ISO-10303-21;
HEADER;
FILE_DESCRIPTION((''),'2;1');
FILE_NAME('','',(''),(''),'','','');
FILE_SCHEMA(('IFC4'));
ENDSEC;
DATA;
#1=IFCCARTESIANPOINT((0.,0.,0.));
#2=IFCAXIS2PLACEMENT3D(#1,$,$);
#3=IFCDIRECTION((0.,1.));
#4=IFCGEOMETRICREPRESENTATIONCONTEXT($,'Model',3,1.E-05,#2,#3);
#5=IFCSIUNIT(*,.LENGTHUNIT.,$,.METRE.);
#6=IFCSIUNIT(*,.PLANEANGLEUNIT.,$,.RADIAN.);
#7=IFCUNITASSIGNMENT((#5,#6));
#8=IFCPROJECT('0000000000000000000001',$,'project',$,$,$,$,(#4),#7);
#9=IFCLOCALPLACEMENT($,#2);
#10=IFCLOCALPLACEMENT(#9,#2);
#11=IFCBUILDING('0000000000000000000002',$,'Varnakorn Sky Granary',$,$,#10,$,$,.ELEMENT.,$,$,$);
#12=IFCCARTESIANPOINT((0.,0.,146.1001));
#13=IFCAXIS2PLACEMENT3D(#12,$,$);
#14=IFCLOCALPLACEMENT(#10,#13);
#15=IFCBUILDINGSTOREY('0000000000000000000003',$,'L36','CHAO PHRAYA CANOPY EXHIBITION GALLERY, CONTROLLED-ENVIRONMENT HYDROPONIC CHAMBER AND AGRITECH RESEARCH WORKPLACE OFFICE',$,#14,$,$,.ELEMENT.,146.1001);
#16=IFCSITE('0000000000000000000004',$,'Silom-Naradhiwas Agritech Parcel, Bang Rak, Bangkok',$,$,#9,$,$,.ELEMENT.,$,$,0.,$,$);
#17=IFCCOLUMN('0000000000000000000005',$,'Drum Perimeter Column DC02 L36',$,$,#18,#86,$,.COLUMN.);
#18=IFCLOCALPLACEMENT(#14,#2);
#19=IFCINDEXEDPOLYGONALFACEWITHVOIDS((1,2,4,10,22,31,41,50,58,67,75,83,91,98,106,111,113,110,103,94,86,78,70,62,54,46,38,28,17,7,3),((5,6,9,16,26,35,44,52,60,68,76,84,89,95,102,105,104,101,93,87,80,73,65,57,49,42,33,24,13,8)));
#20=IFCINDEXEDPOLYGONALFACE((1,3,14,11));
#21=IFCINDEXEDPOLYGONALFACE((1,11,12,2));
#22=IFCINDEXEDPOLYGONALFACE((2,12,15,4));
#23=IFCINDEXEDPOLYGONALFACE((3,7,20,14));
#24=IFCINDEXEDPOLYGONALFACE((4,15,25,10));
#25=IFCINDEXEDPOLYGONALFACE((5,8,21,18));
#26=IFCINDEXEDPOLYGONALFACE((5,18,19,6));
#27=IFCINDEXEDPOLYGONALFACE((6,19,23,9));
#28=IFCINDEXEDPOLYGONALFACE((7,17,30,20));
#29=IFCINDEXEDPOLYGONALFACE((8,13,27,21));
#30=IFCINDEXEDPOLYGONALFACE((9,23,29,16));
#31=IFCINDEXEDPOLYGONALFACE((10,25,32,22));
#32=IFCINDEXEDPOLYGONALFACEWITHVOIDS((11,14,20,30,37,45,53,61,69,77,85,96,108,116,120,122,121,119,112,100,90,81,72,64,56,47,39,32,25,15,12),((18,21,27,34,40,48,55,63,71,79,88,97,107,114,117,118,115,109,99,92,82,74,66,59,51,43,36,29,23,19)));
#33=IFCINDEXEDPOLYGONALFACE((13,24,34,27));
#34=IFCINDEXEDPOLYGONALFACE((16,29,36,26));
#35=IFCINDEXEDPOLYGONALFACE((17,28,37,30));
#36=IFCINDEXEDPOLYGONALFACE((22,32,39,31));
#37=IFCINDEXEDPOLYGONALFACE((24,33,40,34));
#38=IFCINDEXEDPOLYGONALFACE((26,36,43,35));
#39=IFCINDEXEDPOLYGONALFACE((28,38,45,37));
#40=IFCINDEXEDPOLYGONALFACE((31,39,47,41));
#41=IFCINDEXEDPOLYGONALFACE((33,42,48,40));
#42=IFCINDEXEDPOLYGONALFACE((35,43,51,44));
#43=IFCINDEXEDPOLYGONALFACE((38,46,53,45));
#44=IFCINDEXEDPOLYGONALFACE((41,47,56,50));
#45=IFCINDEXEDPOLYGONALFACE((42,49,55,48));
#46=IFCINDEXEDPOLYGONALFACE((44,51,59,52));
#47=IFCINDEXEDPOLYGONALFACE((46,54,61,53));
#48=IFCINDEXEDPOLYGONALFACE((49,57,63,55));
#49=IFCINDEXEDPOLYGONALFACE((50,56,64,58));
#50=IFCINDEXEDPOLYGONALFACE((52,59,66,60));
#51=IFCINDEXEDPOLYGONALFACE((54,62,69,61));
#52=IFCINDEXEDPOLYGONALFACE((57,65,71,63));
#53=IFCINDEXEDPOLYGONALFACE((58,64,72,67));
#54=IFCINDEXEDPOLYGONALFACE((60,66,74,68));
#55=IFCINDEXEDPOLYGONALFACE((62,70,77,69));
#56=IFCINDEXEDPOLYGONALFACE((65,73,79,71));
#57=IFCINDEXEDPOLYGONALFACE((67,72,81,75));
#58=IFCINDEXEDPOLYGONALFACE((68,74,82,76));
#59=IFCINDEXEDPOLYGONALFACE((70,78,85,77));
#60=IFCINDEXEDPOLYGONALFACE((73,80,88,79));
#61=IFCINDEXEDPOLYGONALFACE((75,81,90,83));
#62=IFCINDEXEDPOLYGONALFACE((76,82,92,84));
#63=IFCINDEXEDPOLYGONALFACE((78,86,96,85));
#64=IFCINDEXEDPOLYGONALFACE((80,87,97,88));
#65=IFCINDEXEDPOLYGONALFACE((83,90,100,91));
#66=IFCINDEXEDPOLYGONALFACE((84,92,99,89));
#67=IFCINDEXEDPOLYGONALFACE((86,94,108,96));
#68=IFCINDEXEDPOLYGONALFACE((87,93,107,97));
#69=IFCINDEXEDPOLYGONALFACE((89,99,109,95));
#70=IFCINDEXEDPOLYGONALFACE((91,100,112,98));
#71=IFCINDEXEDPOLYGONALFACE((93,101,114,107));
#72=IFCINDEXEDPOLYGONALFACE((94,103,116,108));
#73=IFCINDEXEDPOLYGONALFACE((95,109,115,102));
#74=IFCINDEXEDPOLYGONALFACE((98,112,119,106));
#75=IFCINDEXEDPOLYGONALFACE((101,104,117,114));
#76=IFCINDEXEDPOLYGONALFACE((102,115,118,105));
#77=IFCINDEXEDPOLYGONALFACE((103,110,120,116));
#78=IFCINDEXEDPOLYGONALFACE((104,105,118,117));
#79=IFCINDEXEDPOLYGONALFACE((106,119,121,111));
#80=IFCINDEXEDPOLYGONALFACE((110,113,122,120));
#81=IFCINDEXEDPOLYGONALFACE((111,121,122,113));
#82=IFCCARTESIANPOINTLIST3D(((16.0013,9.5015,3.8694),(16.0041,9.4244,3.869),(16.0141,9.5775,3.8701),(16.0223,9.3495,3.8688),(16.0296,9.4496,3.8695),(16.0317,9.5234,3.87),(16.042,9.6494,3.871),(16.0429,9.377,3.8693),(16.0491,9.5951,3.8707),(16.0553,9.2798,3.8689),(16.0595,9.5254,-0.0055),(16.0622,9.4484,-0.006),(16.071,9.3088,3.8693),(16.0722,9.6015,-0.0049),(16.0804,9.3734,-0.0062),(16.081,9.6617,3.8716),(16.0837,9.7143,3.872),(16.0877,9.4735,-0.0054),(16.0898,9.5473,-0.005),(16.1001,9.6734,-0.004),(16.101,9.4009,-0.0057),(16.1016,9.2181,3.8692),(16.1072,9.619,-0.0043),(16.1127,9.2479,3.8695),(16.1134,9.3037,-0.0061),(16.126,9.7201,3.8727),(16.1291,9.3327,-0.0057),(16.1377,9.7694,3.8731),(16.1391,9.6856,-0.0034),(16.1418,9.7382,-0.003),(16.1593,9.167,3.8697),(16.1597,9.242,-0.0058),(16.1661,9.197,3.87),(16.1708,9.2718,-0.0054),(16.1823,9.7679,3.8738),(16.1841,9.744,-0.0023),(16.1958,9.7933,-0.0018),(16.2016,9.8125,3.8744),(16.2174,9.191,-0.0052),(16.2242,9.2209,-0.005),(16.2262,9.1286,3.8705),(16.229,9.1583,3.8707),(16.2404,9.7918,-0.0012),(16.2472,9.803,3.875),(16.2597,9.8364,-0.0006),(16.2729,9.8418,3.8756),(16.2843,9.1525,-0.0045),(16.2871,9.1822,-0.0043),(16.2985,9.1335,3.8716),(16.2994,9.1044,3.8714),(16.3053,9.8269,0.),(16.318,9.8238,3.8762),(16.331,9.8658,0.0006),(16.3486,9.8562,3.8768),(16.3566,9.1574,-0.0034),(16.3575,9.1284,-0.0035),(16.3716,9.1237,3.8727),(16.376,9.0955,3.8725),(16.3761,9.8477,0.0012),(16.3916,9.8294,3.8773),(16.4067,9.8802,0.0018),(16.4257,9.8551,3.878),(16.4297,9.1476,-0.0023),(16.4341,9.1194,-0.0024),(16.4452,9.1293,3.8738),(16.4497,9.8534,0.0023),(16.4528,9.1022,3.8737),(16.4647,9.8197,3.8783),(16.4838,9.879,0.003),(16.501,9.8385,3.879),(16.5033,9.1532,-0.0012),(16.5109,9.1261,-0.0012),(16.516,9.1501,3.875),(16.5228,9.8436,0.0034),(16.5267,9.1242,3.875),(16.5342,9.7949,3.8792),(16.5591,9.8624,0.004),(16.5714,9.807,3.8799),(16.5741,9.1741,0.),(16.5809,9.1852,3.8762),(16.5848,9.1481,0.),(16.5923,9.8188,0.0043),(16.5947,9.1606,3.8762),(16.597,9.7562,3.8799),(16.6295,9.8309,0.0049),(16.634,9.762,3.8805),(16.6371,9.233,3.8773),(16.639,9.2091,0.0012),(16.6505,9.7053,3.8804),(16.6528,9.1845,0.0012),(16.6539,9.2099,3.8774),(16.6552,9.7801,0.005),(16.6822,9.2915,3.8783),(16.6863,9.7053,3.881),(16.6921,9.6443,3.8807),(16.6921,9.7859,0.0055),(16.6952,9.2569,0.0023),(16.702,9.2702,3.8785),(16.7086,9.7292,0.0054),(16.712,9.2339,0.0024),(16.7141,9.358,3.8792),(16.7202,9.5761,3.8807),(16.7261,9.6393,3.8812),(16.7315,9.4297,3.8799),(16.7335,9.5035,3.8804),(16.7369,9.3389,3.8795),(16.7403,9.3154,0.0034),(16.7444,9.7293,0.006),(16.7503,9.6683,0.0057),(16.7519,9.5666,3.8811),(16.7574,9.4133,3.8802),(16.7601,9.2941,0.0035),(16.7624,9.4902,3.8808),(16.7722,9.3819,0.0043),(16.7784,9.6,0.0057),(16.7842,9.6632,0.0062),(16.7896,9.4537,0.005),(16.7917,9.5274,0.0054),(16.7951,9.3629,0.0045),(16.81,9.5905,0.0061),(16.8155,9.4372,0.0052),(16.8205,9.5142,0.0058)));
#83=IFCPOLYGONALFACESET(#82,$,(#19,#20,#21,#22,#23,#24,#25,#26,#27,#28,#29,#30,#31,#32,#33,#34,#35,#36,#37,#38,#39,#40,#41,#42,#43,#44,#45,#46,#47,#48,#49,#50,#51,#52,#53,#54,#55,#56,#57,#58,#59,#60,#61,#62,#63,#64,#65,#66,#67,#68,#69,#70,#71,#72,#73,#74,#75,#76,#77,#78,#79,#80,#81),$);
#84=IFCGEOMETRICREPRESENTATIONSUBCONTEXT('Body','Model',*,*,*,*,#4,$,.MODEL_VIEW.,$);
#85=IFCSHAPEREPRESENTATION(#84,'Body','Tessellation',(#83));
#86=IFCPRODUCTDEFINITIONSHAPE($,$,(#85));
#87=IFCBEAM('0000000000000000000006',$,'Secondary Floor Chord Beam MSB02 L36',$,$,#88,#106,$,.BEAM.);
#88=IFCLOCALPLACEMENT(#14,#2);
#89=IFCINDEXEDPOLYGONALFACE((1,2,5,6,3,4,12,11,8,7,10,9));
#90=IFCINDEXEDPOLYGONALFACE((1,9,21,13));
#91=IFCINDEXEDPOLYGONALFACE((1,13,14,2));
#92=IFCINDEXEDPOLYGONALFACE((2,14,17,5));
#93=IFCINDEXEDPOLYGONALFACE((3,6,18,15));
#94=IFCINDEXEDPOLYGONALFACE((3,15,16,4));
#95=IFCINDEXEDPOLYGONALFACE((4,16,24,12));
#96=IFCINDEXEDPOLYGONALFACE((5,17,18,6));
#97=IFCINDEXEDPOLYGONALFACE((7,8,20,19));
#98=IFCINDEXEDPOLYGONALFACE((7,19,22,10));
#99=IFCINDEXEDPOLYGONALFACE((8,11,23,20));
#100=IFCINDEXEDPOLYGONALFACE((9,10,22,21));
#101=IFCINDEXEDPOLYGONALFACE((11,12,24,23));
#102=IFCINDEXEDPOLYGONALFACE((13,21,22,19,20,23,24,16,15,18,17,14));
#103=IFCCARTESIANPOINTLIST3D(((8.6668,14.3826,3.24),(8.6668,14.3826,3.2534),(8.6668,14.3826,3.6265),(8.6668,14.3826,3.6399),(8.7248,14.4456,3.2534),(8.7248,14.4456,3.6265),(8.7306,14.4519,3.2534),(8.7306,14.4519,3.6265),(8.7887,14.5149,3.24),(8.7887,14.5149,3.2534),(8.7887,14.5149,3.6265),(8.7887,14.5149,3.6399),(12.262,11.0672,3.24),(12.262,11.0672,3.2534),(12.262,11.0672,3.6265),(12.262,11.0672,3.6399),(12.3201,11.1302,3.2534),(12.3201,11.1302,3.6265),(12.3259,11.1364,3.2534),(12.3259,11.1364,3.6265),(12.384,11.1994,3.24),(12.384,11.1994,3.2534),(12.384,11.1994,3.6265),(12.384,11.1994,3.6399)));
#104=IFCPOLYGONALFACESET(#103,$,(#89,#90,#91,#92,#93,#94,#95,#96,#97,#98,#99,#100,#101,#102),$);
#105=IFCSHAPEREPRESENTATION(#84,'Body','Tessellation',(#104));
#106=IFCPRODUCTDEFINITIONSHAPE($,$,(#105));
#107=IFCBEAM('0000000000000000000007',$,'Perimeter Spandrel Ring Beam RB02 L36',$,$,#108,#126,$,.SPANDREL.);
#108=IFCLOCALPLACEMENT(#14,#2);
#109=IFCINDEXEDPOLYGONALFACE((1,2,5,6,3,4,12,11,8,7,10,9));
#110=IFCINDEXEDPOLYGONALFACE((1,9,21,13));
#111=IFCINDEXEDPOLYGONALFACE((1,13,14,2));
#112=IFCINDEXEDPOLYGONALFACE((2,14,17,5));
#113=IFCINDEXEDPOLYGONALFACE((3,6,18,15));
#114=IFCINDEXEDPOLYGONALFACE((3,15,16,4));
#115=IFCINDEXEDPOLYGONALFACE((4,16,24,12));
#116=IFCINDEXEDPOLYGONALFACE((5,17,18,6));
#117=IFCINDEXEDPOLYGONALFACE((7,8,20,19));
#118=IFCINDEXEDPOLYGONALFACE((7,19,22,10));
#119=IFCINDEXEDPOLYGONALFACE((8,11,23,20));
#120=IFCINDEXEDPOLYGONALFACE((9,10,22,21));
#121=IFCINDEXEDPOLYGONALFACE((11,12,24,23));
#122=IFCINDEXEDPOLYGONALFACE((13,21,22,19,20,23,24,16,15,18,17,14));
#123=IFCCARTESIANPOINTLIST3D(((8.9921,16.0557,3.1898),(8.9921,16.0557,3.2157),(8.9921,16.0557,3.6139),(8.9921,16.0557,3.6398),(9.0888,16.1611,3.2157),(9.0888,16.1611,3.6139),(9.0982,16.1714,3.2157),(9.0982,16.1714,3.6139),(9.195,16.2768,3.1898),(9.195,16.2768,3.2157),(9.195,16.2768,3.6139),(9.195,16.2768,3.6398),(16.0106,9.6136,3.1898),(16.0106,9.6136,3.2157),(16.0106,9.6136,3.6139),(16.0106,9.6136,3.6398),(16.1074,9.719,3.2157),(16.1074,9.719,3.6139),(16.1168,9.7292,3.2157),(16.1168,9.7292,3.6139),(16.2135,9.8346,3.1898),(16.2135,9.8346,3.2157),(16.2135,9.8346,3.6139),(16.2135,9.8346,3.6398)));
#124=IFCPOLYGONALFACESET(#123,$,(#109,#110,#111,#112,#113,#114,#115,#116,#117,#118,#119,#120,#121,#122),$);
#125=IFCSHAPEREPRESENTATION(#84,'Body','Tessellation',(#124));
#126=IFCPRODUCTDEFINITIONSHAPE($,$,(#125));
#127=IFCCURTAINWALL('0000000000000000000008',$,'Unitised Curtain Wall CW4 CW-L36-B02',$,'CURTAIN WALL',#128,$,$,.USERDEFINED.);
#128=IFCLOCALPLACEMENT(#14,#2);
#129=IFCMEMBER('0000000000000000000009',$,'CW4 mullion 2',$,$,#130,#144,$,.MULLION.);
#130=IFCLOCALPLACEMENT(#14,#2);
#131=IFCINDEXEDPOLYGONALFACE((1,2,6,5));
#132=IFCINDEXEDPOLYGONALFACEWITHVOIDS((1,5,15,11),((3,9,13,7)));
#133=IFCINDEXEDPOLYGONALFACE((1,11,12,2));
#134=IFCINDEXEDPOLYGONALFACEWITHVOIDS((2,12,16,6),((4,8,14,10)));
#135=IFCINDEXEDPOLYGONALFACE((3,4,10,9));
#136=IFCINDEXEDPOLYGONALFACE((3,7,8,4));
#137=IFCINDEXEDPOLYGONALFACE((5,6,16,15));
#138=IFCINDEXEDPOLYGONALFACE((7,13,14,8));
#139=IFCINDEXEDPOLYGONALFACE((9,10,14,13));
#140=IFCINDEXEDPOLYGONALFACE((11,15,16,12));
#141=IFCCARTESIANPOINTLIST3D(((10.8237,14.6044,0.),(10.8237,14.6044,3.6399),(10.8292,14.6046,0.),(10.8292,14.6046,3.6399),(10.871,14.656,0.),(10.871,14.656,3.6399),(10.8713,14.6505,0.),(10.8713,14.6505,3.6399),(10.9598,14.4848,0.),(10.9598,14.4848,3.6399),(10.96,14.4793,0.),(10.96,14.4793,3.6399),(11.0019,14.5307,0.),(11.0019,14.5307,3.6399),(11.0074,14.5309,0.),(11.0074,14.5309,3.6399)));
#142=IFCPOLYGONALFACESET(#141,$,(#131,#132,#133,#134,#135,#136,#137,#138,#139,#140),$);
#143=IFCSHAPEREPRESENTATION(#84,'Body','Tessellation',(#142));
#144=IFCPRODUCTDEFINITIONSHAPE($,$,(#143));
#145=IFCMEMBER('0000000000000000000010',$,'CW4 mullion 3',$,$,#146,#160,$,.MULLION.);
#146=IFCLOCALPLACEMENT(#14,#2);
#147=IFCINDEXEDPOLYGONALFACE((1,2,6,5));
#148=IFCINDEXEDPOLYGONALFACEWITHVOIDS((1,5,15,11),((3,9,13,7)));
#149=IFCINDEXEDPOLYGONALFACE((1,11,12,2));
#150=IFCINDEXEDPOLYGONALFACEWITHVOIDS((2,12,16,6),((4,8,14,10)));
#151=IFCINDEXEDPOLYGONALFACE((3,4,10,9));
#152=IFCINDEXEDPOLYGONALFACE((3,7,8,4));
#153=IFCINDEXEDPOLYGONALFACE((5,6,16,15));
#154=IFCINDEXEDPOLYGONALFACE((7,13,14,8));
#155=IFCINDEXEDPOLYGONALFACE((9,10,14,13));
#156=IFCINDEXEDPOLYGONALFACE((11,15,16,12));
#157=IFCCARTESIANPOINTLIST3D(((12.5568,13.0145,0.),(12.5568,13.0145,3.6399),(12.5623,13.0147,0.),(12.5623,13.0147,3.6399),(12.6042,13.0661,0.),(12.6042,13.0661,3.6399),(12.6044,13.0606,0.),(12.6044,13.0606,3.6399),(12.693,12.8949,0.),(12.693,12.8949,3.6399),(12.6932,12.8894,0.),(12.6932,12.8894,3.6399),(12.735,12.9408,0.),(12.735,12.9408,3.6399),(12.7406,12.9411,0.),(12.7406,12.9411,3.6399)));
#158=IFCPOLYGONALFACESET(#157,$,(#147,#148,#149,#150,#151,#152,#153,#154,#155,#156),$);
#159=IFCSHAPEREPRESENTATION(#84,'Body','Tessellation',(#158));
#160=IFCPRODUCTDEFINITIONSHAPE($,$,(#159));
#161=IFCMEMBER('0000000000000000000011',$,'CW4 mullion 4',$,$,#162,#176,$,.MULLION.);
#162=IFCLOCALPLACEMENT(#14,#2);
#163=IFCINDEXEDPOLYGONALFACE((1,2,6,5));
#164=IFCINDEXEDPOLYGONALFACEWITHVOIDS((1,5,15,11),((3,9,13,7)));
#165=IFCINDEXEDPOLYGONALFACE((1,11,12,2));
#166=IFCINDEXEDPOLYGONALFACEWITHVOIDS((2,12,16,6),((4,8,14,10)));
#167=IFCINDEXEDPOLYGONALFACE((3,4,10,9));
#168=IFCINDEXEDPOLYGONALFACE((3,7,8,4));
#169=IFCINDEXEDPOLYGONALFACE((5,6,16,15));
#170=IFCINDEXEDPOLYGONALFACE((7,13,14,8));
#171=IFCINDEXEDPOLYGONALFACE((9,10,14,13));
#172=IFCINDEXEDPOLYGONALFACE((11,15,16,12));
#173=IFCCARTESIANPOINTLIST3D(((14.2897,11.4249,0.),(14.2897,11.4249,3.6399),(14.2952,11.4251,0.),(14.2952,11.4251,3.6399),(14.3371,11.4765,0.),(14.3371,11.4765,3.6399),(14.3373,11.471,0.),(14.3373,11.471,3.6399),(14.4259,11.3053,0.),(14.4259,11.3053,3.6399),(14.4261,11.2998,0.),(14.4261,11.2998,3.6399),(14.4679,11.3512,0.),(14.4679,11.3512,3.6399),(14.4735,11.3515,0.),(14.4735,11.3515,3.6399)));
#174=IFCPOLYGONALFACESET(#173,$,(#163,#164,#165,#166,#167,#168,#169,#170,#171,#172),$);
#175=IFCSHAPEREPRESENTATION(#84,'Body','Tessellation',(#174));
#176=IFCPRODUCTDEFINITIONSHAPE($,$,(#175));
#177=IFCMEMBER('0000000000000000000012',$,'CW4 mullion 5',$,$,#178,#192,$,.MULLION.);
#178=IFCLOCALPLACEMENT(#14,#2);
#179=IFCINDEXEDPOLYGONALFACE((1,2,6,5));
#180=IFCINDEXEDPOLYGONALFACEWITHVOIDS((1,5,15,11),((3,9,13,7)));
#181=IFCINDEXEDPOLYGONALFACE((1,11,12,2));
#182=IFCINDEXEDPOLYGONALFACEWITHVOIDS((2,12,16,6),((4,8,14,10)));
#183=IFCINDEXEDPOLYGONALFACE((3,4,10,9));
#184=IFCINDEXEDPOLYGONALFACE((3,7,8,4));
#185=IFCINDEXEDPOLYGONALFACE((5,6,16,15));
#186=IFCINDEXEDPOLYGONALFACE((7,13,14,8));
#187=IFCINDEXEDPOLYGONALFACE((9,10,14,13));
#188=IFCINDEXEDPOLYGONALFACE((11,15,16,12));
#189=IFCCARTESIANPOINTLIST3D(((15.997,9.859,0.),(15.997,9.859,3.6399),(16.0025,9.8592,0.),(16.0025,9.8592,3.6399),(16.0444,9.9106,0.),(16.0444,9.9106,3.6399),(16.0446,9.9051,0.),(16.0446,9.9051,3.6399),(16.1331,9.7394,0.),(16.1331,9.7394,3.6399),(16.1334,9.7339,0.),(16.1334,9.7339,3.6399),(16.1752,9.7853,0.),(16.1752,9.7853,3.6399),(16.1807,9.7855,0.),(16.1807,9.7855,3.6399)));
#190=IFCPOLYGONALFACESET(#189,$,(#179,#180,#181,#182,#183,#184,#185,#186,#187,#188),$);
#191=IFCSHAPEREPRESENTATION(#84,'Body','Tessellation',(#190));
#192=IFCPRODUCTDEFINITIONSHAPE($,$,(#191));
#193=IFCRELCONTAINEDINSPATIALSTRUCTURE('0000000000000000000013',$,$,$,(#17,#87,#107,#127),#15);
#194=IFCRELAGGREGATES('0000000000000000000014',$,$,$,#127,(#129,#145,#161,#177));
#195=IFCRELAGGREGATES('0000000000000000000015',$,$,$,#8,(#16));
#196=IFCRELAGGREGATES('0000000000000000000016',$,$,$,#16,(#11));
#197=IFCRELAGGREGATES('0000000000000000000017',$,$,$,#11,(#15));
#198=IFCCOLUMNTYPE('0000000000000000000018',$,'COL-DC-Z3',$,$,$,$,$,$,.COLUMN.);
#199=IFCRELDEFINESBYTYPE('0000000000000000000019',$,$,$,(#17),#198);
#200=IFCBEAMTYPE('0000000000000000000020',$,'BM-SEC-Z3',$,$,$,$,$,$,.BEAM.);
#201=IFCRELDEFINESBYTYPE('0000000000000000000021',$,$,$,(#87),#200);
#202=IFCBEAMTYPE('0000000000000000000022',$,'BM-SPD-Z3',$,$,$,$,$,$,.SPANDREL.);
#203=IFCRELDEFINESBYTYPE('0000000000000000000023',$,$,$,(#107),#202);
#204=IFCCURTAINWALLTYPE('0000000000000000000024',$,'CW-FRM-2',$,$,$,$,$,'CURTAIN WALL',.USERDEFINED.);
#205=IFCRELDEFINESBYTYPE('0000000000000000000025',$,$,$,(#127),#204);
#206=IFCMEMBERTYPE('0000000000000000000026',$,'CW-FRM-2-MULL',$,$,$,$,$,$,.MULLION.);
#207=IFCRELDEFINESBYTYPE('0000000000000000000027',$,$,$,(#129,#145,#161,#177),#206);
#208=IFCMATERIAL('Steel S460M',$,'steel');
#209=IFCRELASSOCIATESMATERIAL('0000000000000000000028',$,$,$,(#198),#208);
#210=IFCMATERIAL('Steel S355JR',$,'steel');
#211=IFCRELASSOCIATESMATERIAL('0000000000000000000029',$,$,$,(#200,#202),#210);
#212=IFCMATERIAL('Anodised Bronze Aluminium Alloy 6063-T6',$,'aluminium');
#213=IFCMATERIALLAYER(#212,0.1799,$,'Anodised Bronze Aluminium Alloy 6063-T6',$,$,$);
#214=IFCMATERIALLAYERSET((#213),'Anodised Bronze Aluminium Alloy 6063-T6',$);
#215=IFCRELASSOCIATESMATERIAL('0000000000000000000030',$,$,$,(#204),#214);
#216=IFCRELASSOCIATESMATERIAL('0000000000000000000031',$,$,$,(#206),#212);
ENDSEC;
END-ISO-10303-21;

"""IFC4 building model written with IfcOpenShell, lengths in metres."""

from ifc_helpers import new_model, si_unit, direction, frame, origin, origin_2d, place, context, subcontext, project, spatial, hollow_rectangle, hollow_circle, i_section, extrude, material, layer, layer_set, material_profile, profile_set, type_object, element, aggregate, save


model = new_model("IFC4")

# Units and contexts
model_context = context("Model", 3, precision=1e-05, world=origin(), true_north=direction((0.0, 1.0)))
body_context = subcontext(model_context, "Body", "Model", "MODEL_VIEW")
ifc_project = project(units=[si_unit("LENGTHUNIT", "METRE"), si_unit("PLANEANGLEUNIT", "RADIAN")], contexts=[model_context])

# Site, building, storey
site_placement = place(None, origin())
site = spatial("IfcSite", under=ifc_project, at=site_placement, Name="Silom-Naradhiwas Agritech Parcel, Bang Rak, Bangkok", CompositionType="ELEMENT", RefElevation=0.0)
building_placement = place(site_placement, origin())
building = spatial("IfcBuilding", under=site, at=building_placement, Name="Varnakorn Sky Granary", CompositionType="ELEMENT")
storey_placement = place(building_placement, frame((0.0, 0.0, 146.1001)))
storey = spatial("IfcBuildingStorey", under=building, at=storey_placement, Name="L36", Description="CHAO PHRAYA CANOPY EXHIBITION GALLERY, CONTROLLED-ENVIRONMENT HYDROPONIC CHAMBER AND AGRITECH RESEARCH WORKPLACE OFFICE", CompositionType="ELEMENT", Elevation=146.1001)

# Column
ifc_material_1 = material(Name="Steel S460M", Category="steel")
ifc_material_profile_1 = material_profile(ifc_material_1, hollow_circle(Radius=0.3811, WallThickness=0.0281, at=origin_2d()), Name="CHS 762x28")
ifc_profile_set_1 = profile_set([ifc_material_profile_1], Name="Steel S460M")
column_type = type_object("IfcColumnType", Name="COL-DC-Z3", PredefinedType="COLUMN", material=ifc_profile_set_1)
column_placement = place(storey_placement, frame((16.4397, 9.5005, 0.0), z_axis=(-0.014993, -0.006174, 0.999869), x_axis=(0.38075, -0.924678, 0.0)))
element("IfcColumn", 1, at=column_placement, inside=storey, type_object=column_type, Name="Drum Perimeter Column DC02 L36", PredefinedType="COLUMN", context=body_context, shape_type="SweptSolid", body=[
    extrude(hollow_circle(Radius=0.3811, WallThickness=0.0281, at=origin_2d()), origin(), (0.0, 0.0, 1.0), 3.8755),
])

# Beams
ifc_material_2 = material(Name="Steel S355JR", Category="steel")
ifc_material_profile_2 = material_profile(ifc_material_2, i_section(OverallWidth=0.1799, OverallDepth=0.3999, WebThickness=0.0085, FlangeThickness=0.0134, at=origin_2d()), Name="IPE 400")
ifc_profile_set_2 = profile_set([ifc_material_profile_2], Name="Steel S355JR")
beam_type_1 = type_object("IfcBeamType", Name="BM-SEC-Z3", PredefinedType="BEAM", material=ifc_profile_set_2)
beam_1_placement = place(storey_placement, frame((12.323, 11.1333, 3.4399), z_axis=(-0.735133, 0.677923, 0.0), x_axis=(-0.677923, -0.735133, 0.0)))
element("IfcBeam", 2, at=beam_1_placement, inside=storey, type_object=beam_type_1, Name="Secondary Floor Chord Beam MSB02 L36", PredefinedType="BEAM", context=body_context, shape_type="SweptSolid", body=[
    extrude(i_section(OverallWidth=0.1799, OverallDepth=0.3999, WebThickness=0.0085, FlangeThickness=0.0134, at=origin_2d()), origin(), (0.0, 0.0, 1.0), 4.8906),
])
ifc_material_profile_3 = material_profile(ifc_material_2, i_section(OverallWidth=0.3, OverallDepth=0.45, WebThickness=0.0139, FlangeThickness=0.0259, at=origin_2d()), Name="HE 450 B")
ifc_profile_set_3 = profile_set([ifc_material_profile_3], Name="Steel S355JR")
beam_type_2 = type_object("IfcBeamType", Name="BM-SPD-Z3", PredefinedType="SPANDREL", material=ifc_profile_set_3)
beam_2_placement = place(storey_placement, frame((16.1121, 9.7241, 3.4148), z_axis=(-0.736711, 0.676207, 0.0), x_axis=(-0.676207, -0.736711, 0.0)))
element("IfcBeam", 3, at=beam_2_placement, inside=storey, type_object=beam_type_2, Name="Perimeter Spandrel Ring Beam RB02 L36", PredefinedType="SPANDREL", context=body_context, shape_type="SweptSolid", body=[
    extrude(i_section(OverallWidth=0.3, OverallDepth=0.45, WebThickness=0.0139, FlangeThickness=0.0259, at=origin_2d()), origin(), (0.0, 0.0, 1.0), 9.5269),
])

# Curtain wall, members
ifc_material_3 = material(Name="Anodised Bronze Aluminium Alloy 6063-T6", Category="aluminium")
ifc_layer_1 = layer(ifc_material_3, 0.1799, Name="Anodised Bronze Aluminium Alloy 6063-T6")
ifc_layer_set_1 = layer_set([ifc_layer_1], Name="Anodised Bronze Aluminium Alloy 6063-T6")
curtain_wall_type = type_object("IfcCurtainWallType", Name="CW-FRM-2", ElementType="CURTAIN WALL", PredefinedType="USERDEFINED", material=ifc_layer_set_1)
curtain_wall_placement = place(storey_placement, origin())
curtain_wall = element("IfcCurtainWall", 4, at=curtain_wall_placement, inside=storey, type_object=curtain_wall_type, Name="Unitised Curtain Wall CW4 CW-L36-B02", ObjectType="CURTAIN WALL", PredefinedType="USERDEFINED")
ifc_material_profile_4 = material_profile(ifc_material_3, hollow_rectangle(XDim=0.0701, YDim=0.1851, WallThickness=0.0039, at=origin_2d()), Name="ALU MULL 70x185")
ifc_profile_set_4 = profile_set([ifc_material_profile_4], Name="Anodised Bronze Aluminium Alloy 6063-T6")
member_type_1 = type_object("IfcMemberType", Name="CW-FRM-2-MULL", PredefinedType="MULLION", material=ifc_profile_set_4)
member_1_placement = place(storey_placement, frame((10.9155, 14.5676, 0.0), z_axis=(0.0, 0.0, 1.0), x_axis=(0.67596, 0.736938, 0.0)))
member_1 = element("IfcMember", 5, at=member_1_placement, type_object=member_type_1, Name="CW4 mullion 2", PredefinedType="MULLION", context=body_context, shape_type="SweptSolid", body=[
    extrude(hollow_rectangle(XDim=0.0701, YDim=0.1851, WallThickness=0.0039, at=origin_2d()), origin(), (0.0, 0.0, 1.0), 3.6399),
])
member_2_placement = place(storey_placement, frame((12.6487, 12.9778, 0.0), z_axis=(0.0, 0.0, 1.0), x_axis=(0.67596, 0.736938, 0.0)))
member_2 = element("IfcMember", 6, at=member_2_placement, type_object=member_type_1, Name="CW4 mullion 3", PredefinedType="MULLION", context=body_context, shape_type="SweptSolid", body=[
    extrude(hollow_rectangle(XDim=0.0701, YDim=0.1851, WallThickness=0.0039, at=origin_2d()), origin(), (0.0, 0.0, 1.0), 3.6399),
])
member_3_placement = place(storey_placement, frame((14.3816, 11.3882, 0.0), z_axis=(0.0, 0.0, 1.0), x_axis=(0.67596, 0.736938, 0.0)))
member_3 = element("IfcMember", 7, at=member_3_placement, type_object=member_type_1, Name="CW4 mullion 4", PredefinedType="MULLION", context=body_context, shape_type="SweptSolid", body=[
    extrude(hollow_rectangle(XDim=0.0701, YDim=0.1851, WallThickness=0.0039, at=origin_2d()), origin(), (0.0, 0.0, 1.0), 3.6399),
])
member_4_placement = place(storey_placement, frame((16.0889, 9.8223, 0.0), z_axis=(0.0, 0.0, 1.0), x_axis=(0.67596, 0.736938, 0.0)))
member_4 = element("IfcMember", 8, at=member_4_placement, type_object=member_type_1, Name="CW4 mullion 5", PredefinedType="MULLION", context=body_context, shape_type="SweptSolid", body=[
    extrude(hollow_rectangle(XDim=0.0701, YDim=0.1851, WallThickness=0.0039, at=origin_2d()), origin(), (0.0, 0.0, 1.0), 3.6399),
])
aggregate(curtain_wall, [member_1, member_2, member_3, member_4])

save(model, "model.ifc")
